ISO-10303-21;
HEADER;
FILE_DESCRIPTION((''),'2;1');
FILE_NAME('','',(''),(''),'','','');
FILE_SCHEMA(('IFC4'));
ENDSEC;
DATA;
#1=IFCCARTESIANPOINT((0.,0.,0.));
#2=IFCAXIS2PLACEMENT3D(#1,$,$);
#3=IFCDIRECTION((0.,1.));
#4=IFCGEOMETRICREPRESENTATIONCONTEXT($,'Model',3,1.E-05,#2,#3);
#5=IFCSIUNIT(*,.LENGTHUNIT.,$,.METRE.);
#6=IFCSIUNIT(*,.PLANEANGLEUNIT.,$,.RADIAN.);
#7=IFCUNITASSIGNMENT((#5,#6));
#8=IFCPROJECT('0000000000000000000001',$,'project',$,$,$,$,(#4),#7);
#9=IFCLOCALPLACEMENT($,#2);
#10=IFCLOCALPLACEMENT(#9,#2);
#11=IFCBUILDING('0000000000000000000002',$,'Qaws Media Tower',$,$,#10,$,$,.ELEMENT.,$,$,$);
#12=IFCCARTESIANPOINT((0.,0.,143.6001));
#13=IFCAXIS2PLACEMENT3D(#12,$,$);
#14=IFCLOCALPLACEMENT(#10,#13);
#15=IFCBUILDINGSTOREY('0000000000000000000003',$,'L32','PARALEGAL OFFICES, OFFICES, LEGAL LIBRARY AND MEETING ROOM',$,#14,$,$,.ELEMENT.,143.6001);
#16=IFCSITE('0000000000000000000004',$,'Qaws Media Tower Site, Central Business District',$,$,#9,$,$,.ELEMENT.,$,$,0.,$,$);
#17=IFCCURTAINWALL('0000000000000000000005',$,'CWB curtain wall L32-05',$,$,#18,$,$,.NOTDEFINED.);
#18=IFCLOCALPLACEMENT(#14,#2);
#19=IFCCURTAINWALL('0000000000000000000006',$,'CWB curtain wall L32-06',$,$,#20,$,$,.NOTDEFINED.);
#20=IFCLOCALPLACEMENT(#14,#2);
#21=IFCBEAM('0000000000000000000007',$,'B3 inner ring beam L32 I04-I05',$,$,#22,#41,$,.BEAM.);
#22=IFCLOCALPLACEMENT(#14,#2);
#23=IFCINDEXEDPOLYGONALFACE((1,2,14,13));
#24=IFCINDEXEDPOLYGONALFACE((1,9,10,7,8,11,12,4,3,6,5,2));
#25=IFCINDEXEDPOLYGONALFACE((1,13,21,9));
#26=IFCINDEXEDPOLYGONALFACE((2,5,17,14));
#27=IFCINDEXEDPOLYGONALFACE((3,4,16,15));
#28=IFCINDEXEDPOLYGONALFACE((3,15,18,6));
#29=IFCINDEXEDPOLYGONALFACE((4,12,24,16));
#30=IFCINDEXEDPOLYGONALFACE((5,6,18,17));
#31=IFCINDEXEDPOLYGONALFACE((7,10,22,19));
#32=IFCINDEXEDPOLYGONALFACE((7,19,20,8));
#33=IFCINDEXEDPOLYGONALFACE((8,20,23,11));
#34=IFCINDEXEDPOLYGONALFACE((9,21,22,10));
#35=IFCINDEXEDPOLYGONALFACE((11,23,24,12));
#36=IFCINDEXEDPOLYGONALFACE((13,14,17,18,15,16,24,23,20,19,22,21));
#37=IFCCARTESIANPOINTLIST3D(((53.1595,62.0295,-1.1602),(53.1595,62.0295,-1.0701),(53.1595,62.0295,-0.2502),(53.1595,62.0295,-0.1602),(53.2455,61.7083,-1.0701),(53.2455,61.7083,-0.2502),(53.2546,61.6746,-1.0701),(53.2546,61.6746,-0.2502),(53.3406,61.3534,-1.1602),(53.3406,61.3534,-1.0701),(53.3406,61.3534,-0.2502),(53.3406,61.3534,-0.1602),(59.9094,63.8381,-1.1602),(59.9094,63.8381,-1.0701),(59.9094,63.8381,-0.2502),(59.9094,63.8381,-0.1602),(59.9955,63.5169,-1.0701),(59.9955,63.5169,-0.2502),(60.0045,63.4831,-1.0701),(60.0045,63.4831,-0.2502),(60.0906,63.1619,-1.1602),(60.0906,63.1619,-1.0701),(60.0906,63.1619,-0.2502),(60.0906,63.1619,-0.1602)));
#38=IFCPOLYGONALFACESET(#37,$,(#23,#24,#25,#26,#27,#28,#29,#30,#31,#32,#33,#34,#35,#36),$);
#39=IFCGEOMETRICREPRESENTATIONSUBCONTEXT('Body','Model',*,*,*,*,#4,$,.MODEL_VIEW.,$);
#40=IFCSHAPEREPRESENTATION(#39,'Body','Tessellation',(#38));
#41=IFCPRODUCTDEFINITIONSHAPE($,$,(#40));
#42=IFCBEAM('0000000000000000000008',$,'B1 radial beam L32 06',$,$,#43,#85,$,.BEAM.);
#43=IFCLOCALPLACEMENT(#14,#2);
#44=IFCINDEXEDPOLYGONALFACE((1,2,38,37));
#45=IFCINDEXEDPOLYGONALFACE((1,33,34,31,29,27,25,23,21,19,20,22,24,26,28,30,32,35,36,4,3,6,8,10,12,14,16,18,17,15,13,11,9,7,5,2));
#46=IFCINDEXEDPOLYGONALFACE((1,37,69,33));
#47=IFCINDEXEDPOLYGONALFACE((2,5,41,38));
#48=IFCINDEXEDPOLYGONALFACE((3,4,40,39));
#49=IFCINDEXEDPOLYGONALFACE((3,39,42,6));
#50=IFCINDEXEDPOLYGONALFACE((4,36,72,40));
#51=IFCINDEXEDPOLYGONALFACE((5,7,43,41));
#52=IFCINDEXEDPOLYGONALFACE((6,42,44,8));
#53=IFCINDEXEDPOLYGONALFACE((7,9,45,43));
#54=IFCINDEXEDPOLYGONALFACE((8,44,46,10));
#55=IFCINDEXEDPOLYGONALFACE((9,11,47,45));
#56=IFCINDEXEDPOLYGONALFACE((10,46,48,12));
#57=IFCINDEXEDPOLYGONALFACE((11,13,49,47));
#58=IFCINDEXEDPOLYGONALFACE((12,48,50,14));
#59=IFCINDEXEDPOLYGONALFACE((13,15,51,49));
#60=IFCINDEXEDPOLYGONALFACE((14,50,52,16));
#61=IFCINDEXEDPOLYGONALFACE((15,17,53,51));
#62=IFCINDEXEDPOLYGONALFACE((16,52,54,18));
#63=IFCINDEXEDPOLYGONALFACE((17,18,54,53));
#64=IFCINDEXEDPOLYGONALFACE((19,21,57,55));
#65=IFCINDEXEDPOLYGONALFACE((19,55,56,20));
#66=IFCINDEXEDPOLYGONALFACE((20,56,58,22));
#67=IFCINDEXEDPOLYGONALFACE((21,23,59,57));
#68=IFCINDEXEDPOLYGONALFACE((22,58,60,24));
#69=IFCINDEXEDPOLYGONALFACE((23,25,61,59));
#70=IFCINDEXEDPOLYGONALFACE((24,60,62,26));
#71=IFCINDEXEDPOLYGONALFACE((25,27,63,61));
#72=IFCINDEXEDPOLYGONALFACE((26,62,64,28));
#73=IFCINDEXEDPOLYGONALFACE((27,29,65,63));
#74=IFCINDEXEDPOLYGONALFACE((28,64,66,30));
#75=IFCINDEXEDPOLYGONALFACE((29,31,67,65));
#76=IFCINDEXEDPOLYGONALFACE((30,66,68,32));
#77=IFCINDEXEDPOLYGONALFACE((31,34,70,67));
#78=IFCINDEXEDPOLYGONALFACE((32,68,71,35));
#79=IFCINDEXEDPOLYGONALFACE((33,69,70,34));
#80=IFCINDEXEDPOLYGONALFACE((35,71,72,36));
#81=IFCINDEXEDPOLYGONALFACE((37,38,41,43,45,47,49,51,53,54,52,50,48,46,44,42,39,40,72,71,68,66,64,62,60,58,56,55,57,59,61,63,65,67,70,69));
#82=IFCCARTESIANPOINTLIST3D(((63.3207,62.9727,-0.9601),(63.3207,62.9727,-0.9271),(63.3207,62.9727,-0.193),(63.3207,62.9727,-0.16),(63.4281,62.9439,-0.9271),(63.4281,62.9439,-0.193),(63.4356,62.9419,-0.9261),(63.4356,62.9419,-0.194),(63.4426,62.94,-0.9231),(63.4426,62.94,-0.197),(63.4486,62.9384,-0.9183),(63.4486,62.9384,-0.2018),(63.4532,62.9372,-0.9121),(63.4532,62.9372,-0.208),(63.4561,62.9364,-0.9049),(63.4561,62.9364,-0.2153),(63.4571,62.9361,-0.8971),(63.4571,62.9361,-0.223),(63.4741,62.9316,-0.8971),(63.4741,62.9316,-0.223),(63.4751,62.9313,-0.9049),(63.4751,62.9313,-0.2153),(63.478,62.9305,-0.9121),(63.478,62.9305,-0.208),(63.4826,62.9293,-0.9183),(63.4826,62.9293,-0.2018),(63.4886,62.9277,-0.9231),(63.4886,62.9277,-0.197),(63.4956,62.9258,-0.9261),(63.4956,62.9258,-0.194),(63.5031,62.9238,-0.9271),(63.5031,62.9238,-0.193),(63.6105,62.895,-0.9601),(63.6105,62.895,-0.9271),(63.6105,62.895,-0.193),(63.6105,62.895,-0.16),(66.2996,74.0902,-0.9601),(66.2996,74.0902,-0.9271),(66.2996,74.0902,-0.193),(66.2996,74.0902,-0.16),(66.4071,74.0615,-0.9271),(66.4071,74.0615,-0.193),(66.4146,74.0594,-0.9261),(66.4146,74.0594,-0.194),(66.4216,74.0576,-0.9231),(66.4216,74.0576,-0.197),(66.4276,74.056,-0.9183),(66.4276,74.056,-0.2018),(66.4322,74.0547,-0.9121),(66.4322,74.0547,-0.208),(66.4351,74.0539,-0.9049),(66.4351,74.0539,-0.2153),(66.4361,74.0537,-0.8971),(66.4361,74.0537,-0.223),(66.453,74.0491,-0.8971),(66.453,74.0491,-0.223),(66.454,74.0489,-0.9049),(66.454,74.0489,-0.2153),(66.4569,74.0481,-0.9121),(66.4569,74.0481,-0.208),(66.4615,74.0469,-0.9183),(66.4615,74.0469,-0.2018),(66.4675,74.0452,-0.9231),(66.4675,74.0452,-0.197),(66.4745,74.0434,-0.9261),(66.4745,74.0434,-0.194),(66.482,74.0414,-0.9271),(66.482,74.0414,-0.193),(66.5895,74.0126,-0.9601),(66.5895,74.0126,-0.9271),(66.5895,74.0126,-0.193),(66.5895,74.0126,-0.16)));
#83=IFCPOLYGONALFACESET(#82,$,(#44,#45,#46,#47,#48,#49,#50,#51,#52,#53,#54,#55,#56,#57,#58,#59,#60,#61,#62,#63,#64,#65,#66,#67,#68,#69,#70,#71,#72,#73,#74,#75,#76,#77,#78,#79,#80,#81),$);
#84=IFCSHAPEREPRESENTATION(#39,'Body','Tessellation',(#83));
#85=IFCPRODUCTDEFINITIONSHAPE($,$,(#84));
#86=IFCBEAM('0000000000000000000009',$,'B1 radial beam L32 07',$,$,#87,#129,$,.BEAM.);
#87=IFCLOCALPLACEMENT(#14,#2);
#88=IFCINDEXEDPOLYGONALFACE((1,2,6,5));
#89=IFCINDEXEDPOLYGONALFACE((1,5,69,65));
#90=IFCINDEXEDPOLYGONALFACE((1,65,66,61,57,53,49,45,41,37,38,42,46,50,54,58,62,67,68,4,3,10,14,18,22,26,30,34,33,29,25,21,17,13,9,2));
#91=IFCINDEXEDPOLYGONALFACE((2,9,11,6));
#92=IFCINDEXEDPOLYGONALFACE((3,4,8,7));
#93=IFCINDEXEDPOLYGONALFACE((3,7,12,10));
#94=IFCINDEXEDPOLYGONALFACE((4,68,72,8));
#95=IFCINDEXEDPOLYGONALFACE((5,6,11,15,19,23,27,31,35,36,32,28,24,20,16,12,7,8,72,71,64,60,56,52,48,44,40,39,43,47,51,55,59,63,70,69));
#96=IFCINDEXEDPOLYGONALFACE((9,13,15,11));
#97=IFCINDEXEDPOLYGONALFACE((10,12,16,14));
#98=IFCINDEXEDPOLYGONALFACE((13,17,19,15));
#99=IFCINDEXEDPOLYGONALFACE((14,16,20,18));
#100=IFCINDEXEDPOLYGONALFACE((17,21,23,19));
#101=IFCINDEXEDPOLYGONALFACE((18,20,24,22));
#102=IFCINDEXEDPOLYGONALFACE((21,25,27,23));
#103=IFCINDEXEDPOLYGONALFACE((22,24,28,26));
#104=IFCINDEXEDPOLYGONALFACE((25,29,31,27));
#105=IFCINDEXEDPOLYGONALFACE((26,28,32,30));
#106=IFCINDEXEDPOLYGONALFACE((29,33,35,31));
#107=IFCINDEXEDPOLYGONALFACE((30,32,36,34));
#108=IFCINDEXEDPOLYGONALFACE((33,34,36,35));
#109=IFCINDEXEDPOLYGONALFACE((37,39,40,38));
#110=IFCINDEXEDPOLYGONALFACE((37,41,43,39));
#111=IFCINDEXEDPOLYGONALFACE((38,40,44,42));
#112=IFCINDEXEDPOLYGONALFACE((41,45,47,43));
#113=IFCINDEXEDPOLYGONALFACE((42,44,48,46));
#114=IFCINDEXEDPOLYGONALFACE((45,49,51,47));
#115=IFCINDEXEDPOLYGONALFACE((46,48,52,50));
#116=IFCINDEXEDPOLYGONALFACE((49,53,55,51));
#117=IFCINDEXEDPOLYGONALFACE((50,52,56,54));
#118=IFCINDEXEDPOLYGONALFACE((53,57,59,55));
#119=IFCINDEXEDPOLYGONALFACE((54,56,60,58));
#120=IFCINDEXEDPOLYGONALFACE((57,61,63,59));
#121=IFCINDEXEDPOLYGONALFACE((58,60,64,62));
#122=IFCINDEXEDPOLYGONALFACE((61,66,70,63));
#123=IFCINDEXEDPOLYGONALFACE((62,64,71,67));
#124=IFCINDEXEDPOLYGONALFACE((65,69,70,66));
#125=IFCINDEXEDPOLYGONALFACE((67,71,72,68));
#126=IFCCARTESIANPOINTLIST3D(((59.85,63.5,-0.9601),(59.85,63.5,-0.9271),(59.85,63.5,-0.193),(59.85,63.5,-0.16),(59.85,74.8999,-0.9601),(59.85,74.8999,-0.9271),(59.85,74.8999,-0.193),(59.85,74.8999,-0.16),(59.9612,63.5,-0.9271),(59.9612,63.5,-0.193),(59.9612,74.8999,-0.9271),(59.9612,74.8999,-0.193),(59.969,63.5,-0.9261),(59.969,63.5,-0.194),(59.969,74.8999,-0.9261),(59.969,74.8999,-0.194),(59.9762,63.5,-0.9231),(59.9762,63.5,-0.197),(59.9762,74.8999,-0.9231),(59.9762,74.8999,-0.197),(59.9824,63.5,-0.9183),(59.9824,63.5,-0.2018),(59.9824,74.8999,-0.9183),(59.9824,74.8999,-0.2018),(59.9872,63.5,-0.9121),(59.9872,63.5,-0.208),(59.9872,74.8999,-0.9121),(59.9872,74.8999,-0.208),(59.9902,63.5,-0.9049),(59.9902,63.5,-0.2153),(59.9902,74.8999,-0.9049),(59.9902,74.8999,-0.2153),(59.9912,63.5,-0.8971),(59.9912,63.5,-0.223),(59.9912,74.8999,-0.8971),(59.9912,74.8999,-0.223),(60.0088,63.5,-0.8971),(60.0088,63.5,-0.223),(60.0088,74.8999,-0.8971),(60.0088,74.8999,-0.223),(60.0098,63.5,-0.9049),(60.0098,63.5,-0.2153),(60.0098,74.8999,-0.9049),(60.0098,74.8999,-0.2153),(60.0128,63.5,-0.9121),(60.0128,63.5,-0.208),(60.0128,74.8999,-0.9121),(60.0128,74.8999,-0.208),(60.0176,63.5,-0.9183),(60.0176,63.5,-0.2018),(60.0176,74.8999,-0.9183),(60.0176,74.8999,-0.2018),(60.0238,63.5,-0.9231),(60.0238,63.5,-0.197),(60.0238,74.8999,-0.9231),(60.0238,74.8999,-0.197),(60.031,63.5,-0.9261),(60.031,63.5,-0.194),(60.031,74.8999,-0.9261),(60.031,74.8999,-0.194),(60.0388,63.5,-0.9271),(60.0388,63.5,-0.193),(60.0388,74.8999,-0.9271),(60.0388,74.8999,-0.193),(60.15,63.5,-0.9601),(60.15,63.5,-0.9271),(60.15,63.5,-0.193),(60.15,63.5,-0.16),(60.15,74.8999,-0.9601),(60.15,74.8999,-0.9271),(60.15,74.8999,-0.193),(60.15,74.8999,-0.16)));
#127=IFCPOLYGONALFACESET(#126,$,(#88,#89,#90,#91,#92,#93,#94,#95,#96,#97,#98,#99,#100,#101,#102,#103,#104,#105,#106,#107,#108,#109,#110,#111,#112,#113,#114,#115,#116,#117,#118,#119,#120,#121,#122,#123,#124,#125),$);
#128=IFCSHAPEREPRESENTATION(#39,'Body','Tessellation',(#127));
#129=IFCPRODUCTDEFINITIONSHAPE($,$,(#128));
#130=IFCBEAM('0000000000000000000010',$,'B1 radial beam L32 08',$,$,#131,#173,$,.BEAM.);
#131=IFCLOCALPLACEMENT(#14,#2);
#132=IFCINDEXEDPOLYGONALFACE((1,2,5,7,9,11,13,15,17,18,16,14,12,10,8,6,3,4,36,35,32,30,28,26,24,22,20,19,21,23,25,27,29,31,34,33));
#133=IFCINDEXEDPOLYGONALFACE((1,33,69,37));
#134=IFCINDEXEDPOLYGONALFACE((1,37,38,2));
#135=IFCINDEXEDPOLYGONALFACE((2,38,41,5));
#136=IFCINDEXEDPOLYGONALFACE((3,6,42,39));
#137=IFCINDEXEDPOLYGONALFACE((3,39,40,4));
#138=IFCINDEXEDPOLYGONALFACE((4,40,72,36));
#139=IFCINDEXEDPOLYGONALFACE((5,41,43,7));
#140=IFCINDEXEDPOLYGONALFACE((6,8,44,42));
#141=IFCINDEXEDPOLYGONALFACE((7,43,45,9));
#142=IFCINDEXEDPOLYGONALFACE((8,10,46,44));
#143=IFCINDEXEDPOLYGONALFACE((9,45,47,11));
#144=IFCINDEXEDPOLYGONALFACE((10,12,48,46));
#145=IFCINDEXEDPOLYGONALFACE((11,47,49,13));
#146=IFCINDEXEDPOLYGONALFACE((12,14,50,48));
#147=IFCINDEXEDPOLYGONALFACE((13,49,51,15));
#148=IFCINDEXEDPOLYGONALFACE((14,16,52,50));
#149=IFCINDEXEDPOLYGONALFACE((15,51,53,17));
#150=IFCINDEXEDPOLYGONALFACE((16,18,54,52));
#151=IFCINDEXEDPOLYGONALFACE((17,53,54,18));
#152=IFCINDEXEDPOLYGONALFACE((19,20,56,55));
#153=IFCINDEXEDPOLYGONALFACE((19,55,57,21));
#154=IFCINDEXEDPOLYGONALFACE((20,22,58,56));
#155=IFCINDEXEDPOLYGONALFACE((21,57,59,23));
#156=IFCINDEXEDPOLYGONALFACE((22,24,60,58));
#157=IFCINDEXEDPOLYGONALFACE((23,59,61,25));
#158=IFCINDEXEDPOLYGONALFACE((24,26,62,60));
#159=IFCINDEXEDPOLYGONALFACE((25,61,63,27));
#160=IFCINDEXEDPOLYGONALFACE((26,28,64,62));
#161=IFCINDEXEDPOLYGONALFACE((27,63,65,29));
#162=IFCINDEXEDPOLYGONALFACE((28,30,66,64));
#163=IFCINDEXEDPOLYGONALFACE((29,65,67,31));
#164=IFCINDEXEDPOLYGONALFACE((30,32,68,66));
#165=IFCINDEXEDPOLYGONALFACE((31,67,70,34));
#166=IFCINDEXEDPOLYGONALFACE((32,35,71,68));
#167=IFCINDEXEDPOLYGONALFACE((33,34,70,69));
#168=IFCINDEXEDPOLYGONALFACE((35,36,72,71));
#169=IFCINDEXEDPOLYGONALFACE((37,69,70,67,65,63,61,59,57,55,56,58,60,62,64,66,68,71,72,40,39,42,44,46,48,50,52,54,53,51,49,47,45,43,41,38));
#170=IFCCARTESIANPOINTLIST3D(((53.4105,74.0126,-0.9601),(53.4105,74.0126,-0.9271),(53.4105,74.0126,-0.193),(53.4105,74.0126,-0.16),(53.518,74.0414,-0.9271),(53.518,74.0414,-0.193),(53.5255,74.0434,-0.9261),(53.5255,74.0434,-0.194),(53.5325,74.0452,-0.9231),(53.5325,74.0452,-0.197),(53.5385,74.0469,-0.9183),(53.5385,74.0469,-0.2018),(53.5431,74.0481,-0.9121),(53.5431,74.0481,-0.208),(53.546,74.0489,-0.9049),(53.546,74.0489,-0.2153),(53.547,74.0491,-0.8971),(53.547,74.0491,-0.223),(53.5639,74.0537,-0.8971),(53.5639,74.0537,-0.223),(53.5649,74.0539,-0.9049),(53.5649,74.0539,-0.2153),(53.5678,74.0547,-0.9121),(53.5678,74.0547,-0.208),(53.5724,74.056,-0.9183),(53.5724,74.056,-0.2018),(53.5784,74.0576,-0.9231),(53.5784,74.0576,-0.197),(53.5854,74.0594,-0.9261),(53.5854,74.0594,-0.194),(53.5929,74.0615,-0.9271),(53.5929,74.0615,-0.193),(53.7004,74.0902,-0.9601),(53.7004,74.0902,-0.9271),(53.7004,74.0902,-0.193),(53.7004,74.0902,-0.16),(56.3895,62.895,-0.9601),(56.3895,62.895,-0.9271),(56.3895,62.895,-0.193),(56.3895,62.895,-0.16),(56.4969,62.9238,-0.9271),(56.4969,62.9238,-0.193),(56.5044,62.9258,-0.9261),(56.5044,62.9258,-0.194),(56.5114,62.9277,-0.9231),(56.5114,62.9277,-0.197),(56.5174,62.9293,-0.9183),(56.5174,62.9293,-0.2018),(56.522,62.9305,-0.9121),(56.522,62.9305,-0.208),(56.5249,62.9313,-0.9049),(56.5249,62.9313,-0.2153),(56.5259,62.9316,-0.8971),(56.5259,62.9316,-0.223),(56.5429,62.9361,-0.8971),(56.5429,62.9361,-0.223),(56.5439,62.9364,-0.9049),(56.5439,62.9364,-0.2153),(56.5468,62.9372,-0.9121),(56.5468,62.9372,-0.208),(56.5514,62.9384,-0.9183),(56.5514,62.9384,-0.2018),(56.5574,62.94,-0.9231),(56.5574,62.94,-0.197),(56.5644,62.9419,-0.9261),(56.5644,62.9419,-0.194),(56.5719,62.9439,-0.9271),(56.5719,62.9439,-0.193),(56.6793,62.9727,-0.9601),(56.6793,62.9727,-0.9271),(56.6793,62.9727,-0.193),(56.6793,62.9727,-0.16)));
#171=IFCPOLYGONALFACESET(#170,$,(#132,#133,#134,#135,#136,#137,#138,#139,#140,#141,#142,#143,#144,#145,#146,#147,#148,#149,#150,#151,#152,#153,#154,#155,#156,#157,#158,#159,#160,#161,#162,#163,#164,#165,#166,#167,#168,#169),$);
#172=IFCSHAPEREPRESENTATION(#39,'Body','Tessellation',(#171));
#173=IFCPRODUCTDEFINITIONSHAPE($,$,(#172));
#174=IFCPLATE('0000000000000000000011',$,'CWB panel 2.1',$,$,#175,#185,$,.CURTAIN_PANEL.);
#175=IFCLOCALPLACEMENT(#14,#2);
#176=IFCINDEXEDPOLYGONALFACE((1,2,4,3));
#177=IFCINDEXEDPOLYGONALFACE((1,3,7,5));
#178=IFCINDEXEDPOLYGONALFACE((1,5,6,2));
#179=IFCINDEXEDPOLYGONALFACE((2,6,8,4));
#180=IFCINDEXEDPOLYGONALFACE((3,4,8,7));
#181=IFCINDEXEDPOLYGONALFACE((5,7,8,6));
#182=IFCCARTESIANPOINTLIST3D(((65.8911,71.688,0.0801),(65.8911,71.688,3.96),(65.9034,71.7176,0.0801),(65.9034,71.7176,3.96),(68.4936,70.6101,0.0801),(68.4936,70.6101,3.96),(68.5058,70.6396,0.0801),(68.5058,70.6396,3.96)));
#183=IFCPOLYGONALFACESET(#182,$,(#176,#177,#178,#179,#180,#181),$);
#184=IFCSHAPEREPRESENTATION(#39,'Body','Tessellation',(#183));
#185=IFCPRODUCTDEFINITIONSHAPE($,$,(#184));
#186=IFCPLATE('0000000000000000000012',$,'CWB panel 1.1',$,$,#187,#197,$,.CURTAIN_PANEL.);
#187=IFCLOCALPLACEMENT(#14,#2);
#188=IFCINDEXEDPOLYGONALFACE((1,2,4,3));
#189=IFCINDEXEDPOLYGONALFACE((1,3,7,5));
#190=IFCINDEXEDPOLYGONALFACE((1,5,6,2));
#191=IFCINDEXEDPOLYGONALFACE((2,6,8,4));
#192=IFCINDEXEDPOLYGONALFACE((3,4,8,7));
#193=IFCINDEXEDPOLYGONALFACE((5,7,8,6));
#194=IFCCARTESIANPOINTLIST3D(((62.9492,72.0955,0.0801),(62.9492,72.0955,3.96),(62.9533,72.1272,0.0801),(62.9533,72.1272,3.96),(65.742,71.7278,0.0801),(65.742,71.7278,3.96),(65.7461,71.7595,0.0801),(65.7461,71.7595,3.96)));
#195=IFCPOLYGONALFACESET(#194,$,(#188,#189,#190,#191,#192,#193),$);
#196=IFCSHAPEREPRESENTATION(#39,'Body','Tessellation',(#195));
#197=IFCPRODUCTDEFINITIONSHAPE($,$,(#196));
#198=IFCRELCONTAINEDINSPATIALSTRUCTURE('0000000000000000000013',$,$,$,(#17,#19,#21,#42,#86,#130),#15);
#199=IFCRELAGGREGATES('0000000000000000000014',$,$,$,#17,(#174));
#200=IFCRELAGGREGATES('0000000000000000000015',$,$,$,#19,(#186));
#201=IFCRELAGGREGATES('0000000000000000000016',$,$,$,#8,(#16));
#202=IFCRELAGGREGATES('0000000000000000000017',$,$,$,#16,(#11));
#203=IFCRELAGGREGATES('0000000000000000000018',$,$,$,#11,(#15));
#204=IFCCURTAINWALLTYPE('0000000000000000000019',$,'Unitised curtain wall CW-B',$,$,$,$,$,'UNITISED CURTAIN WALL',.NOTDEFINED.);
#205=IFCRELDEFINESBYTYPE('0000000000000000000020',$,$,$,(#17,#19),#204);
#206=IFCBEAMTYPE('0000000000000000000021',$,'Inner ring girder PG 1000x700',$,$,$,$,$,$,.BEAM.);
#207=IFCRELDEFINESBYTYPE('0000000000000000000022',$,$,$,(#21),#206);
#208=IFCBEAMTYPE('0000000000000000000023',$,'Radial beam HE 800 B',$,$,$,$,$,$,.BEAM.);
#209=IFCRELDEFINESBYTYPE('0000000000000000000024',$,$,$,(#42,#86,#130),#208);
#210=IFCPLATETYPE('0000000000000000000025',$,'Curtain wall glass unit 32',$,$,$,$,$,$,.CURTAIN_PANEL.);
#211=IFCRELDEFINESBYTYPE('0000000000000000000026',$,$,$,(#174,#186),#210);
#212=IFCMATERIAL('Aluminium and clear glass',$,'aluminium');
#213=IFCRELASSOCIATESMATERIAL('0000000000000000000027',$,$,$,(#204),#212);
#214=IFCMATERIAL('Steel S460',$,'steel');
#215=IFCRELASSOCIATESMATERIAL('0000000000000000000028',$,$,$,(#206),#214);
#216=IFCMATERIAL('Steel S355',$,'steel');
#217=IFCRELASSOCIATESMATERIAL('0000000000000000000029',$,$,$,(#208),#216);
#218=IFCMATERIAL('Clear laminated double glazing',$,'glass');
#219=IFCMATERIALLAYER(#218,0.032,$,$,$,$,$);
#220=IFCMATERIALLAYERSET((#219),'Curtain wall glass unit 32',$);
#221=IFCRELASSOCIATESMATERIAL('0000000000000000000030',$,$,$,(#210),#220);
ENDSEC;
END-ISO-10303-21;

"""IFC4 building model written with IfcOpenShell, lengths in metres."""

from ifc_helpers import new_model, si_unit, direction, frame, origin, origin_2d, place, context, subcontext, project, spatial, rectangle, i_section, extrude, material, layer, layer_set, material_profile, profile_set, type_object, element, aggregate, save


model = new_model("IFC4")

# Units and contexts
model_context = context("Model", 3, precision=1e-05, world=origin(), true_north=direction((0.0, 1.0)))
body_context = subcontext(model_context, "Body", "Model", "MODEL_VIEW")
ifc_project = project(units=[si_unit("LENGTHUNIT", "METRE"), si_unit("PLANEANGLEUNIT", "RADIAN")], contexts=[model_context])

# Site, building, storey
site_placement = place(None, origin())
site = spatial("IfcSite", under=ifc_project, at=site_placement, Name="Qaws Media Tower Site, Central Business District", CompositionType="ELEMENT", RefElevation=0.0)
building_placement = place(site_placement, origin())
building = spatial("IfcBuilding", under=site, at=building_placement, Name="Qaws Media Tower", CompositionType="ELEMENT")
storey_placement = place(building_placement, frame((0.0, 0.0, 143.6001)))
storey = spatial("IfcBuildingStorey", under=building, at=storey_placement, Name="L32", Description="PARALEGAL OFFICES, OFFICES, LEGAL LIBRARY AND MEETING ROOM", CompositionType="ELEMENT", Elevation=143.6001)

# Curtain walls
ifc_material_1 = material(Name="Aluminium and clear glass", Category="aluminium")
curtain_wall_type = type_object("IfcCurtainWallType", Name="Unitised curtain wall CW-B", ElementType="UNITISED CURTAIN WALL", PredefinedType="NOTDEFINED", material=ifc_material_1)
curtain_wall_1_placement = place(storey_placement, origin())
curtain_wall_1 = element("IfcCurtainWall", 1, at=curtain_wall_1_placement, inside=storey, type_object=curtain_wall_type, Name="CWB curtain wall L32-05", PredefinedType="NOTDEFINED")
curtain_wall_2_placement = place(storey_placement, origin())
curtain_wall_2 = element("IfcCurtainWall", 2, at=curtain_wall_2_placement, inside=storey, type_object=curtain_wall_type, Name="CWB curtain wall L32-06", PredefinedType="NOTDEFINED")

# Beams
ifc_material_2 = material(Name="Steel S460", Category="steel")
ifc_material_profile_1 = material_profile(ifc_material_2, i_section(OverallWidth=0.7, OverallDepth=1.0, WebThickness=0.0349, FlangeThickness=0.0901, at=origin_2d()), Name="PG 1000x700")
ifc_profile_set_1 = profile_set([ifc_material_profile_1], Name="Steel S460")
beam_type_1 = type_object("IfcBeamType", Name="Inner ring girder PG 1000x700", PredefinedType="BEAM", material=ifc_profile_set_1)
beam_1_placement = place(storey_placement, frame((60.0, 63.5, -0.6602), z_axis=(-0.965928, -0.258811, 0.0), x_axis=(0.258811, -0.965928, 0.0)))
element("IfcBeam", 3, at=beam_1_placement, inside=storey, type_object=beam_type_1, Name="B3 inner ring beam L32 I04-I05", PredefinedType="BEAM", context=body_context, shape_type="SweptSolid", body=[
    extrude(i_section(OverallWidth=0.7, OverallDepth=1.0, WebThickness=0.0349, FlangeThickness=0.0901, at=origin_2d()), origin(), (0.0, 0.0, 1.0), 6.988),
])
ifc_material_3 = material(Name="Steel S355", Category="steel")
ifc_material_profile_2 = material_profile(ifc_material_3, i_section(OverallWidth=0.3, OverallDepth=0.8, WebThickness=0.0176, FlangeThickness=0.033, FilletRadius=0.03, at=origin_2d()), Name="HE 800 B")
ifc_profile_set_2 = profile_set([ifc_material_profile_2], Name="Steel S355")
beam_type_2 = type_object("IfcBeamType", Name="Radial beam HE 800 B", PredefinedType="BEAM", material=ifc_profile_set_2)
beam_2_placement = place(storey_placement, frame((63.4656, 62.9338, -0.5601), z_axis=(0.258822, 0.965925, 0.0), x_axis=(-0.965925, 0.258822, 0.0)))
element("IfcBeam", 4, at=beam_2_placement, inside=storey, type_object=beam_type_2, Name="B1 radial beam L32 06", PredefinedType="BEAM", context=body_context, shape_type="SweptSolid", body=[
    extrude(i_section(OverallWidth=0.3, OverallDepth=0.8, WebThickness=0.0176, FlangeThickness=0.033, FilletRadius=0.03, at=origin_2d()), origin(), (0.0, 0.0, 1.0), 11.5098),
])
beam_3_placement = place(storey_placement, frame((60.0, 63.5, -0.5601), z_axis=(0.0, 1.0, 0.0), x_axis=(-1.0, 0.0, 0.0)))
element("IfcBeam", 5, at=beam_3_placement, inside=storey, type_object=beam_type_2, Name="B1 radial beam L32 07", PredefinedType="BEAM", context=body_context, shape_type="SweptSolid", body=[
    extrude(i_section(OverallWidth=0.3, OverallDepth=0.8, WebThickness=0.0176, FlangeThickness=0.033, FilletRadius=0.03, at=origin_2d()), origin(), (0.0, 0.0, 1.0), 11.3999),
])
beam_4_placement = place(storey_placement, frame((56.5344, 62.9338, -0.5601), z_axis=(-0.258822, 0.965925, 0.0), x_axis=(-0.965925, -0.258822, 0.0)))
element("IfcBeam", 6, at=beam_4_placement, inside=storey, type_object=beam_type_2, Name="B1 radial beam L32 08", PredefinedType="BEAM", context=body_context, shape_type="SweptSolid", body=[
    extrude(i_section(OverallWidth=0.3, OverallDepth=0.8, WebThickness=0.0176, FlangeThickness=0.033, FilletRadius=0.03, at=origin_2d()), origin(), (0.0, 0.0, 1.0), 11.5098),
])

# Plates
ifc_material_4 = material(Name="Clear laminated double glazing", Category="glass")
ifc_layer_1 = layer(ifc_material_4, 0.032)
ifc_layer_set_1 = layer_set([ifc_layer_1], Name="Curtain wall glass unit 32")
plate_type_1 = type_object("IfcPlateType", Name="Curtain wall glass unit 32", PredefinedType="CURTAIN_PANEL", material=ifc_layer_set_1)
plate_1_placement = place(storey_placement, frame((67.1985, 71.1638, 0.0801), z_axis=(0.0, 0.0, 1.0), x_axis=(-0.92388, 0.382683, 0.0)))
plate_1 = element("IfcPlate", 7, at=plate_1_placement, type_object=plate_type_1, Name="CWB panel 2.1", PredefinedType="CURTAIN_PANEL", context=body_context, shape_type="SweptSolid", body=[
    extrude(rectangle(XDim=2.8169, YDim=0.032, at=origin_2d()), origin(), (0.0, 0.0, 1.0), 3.8799),
])
aggregate(curtain_wall_1, [plate_1])
plate_2_placement = place(storey_placement, frame((64.3477, 71.9275, 0.0801), z_axis=(0.0, 0.0, 1.0), x_axis=(-0.991445, 0.130526, 0.0)))
plate_2 = element("IfcPlate", 8, at=plate_2_placement, type_object=plate_type_1, Name="CWB panel 1.1", PredefinedType="CURTAIN_PANEL", context=body_context, shape_type="SweptSolid", body=[
    extrude(rectangle(XDim=2.8169, YDim=0.032, at=origin_2d()), origin(), (0.0, 0.0, 1.0), 3.8799),
])
aggregate(curtain_wall_2, [plate_2])

save(model, "model.ifc")
